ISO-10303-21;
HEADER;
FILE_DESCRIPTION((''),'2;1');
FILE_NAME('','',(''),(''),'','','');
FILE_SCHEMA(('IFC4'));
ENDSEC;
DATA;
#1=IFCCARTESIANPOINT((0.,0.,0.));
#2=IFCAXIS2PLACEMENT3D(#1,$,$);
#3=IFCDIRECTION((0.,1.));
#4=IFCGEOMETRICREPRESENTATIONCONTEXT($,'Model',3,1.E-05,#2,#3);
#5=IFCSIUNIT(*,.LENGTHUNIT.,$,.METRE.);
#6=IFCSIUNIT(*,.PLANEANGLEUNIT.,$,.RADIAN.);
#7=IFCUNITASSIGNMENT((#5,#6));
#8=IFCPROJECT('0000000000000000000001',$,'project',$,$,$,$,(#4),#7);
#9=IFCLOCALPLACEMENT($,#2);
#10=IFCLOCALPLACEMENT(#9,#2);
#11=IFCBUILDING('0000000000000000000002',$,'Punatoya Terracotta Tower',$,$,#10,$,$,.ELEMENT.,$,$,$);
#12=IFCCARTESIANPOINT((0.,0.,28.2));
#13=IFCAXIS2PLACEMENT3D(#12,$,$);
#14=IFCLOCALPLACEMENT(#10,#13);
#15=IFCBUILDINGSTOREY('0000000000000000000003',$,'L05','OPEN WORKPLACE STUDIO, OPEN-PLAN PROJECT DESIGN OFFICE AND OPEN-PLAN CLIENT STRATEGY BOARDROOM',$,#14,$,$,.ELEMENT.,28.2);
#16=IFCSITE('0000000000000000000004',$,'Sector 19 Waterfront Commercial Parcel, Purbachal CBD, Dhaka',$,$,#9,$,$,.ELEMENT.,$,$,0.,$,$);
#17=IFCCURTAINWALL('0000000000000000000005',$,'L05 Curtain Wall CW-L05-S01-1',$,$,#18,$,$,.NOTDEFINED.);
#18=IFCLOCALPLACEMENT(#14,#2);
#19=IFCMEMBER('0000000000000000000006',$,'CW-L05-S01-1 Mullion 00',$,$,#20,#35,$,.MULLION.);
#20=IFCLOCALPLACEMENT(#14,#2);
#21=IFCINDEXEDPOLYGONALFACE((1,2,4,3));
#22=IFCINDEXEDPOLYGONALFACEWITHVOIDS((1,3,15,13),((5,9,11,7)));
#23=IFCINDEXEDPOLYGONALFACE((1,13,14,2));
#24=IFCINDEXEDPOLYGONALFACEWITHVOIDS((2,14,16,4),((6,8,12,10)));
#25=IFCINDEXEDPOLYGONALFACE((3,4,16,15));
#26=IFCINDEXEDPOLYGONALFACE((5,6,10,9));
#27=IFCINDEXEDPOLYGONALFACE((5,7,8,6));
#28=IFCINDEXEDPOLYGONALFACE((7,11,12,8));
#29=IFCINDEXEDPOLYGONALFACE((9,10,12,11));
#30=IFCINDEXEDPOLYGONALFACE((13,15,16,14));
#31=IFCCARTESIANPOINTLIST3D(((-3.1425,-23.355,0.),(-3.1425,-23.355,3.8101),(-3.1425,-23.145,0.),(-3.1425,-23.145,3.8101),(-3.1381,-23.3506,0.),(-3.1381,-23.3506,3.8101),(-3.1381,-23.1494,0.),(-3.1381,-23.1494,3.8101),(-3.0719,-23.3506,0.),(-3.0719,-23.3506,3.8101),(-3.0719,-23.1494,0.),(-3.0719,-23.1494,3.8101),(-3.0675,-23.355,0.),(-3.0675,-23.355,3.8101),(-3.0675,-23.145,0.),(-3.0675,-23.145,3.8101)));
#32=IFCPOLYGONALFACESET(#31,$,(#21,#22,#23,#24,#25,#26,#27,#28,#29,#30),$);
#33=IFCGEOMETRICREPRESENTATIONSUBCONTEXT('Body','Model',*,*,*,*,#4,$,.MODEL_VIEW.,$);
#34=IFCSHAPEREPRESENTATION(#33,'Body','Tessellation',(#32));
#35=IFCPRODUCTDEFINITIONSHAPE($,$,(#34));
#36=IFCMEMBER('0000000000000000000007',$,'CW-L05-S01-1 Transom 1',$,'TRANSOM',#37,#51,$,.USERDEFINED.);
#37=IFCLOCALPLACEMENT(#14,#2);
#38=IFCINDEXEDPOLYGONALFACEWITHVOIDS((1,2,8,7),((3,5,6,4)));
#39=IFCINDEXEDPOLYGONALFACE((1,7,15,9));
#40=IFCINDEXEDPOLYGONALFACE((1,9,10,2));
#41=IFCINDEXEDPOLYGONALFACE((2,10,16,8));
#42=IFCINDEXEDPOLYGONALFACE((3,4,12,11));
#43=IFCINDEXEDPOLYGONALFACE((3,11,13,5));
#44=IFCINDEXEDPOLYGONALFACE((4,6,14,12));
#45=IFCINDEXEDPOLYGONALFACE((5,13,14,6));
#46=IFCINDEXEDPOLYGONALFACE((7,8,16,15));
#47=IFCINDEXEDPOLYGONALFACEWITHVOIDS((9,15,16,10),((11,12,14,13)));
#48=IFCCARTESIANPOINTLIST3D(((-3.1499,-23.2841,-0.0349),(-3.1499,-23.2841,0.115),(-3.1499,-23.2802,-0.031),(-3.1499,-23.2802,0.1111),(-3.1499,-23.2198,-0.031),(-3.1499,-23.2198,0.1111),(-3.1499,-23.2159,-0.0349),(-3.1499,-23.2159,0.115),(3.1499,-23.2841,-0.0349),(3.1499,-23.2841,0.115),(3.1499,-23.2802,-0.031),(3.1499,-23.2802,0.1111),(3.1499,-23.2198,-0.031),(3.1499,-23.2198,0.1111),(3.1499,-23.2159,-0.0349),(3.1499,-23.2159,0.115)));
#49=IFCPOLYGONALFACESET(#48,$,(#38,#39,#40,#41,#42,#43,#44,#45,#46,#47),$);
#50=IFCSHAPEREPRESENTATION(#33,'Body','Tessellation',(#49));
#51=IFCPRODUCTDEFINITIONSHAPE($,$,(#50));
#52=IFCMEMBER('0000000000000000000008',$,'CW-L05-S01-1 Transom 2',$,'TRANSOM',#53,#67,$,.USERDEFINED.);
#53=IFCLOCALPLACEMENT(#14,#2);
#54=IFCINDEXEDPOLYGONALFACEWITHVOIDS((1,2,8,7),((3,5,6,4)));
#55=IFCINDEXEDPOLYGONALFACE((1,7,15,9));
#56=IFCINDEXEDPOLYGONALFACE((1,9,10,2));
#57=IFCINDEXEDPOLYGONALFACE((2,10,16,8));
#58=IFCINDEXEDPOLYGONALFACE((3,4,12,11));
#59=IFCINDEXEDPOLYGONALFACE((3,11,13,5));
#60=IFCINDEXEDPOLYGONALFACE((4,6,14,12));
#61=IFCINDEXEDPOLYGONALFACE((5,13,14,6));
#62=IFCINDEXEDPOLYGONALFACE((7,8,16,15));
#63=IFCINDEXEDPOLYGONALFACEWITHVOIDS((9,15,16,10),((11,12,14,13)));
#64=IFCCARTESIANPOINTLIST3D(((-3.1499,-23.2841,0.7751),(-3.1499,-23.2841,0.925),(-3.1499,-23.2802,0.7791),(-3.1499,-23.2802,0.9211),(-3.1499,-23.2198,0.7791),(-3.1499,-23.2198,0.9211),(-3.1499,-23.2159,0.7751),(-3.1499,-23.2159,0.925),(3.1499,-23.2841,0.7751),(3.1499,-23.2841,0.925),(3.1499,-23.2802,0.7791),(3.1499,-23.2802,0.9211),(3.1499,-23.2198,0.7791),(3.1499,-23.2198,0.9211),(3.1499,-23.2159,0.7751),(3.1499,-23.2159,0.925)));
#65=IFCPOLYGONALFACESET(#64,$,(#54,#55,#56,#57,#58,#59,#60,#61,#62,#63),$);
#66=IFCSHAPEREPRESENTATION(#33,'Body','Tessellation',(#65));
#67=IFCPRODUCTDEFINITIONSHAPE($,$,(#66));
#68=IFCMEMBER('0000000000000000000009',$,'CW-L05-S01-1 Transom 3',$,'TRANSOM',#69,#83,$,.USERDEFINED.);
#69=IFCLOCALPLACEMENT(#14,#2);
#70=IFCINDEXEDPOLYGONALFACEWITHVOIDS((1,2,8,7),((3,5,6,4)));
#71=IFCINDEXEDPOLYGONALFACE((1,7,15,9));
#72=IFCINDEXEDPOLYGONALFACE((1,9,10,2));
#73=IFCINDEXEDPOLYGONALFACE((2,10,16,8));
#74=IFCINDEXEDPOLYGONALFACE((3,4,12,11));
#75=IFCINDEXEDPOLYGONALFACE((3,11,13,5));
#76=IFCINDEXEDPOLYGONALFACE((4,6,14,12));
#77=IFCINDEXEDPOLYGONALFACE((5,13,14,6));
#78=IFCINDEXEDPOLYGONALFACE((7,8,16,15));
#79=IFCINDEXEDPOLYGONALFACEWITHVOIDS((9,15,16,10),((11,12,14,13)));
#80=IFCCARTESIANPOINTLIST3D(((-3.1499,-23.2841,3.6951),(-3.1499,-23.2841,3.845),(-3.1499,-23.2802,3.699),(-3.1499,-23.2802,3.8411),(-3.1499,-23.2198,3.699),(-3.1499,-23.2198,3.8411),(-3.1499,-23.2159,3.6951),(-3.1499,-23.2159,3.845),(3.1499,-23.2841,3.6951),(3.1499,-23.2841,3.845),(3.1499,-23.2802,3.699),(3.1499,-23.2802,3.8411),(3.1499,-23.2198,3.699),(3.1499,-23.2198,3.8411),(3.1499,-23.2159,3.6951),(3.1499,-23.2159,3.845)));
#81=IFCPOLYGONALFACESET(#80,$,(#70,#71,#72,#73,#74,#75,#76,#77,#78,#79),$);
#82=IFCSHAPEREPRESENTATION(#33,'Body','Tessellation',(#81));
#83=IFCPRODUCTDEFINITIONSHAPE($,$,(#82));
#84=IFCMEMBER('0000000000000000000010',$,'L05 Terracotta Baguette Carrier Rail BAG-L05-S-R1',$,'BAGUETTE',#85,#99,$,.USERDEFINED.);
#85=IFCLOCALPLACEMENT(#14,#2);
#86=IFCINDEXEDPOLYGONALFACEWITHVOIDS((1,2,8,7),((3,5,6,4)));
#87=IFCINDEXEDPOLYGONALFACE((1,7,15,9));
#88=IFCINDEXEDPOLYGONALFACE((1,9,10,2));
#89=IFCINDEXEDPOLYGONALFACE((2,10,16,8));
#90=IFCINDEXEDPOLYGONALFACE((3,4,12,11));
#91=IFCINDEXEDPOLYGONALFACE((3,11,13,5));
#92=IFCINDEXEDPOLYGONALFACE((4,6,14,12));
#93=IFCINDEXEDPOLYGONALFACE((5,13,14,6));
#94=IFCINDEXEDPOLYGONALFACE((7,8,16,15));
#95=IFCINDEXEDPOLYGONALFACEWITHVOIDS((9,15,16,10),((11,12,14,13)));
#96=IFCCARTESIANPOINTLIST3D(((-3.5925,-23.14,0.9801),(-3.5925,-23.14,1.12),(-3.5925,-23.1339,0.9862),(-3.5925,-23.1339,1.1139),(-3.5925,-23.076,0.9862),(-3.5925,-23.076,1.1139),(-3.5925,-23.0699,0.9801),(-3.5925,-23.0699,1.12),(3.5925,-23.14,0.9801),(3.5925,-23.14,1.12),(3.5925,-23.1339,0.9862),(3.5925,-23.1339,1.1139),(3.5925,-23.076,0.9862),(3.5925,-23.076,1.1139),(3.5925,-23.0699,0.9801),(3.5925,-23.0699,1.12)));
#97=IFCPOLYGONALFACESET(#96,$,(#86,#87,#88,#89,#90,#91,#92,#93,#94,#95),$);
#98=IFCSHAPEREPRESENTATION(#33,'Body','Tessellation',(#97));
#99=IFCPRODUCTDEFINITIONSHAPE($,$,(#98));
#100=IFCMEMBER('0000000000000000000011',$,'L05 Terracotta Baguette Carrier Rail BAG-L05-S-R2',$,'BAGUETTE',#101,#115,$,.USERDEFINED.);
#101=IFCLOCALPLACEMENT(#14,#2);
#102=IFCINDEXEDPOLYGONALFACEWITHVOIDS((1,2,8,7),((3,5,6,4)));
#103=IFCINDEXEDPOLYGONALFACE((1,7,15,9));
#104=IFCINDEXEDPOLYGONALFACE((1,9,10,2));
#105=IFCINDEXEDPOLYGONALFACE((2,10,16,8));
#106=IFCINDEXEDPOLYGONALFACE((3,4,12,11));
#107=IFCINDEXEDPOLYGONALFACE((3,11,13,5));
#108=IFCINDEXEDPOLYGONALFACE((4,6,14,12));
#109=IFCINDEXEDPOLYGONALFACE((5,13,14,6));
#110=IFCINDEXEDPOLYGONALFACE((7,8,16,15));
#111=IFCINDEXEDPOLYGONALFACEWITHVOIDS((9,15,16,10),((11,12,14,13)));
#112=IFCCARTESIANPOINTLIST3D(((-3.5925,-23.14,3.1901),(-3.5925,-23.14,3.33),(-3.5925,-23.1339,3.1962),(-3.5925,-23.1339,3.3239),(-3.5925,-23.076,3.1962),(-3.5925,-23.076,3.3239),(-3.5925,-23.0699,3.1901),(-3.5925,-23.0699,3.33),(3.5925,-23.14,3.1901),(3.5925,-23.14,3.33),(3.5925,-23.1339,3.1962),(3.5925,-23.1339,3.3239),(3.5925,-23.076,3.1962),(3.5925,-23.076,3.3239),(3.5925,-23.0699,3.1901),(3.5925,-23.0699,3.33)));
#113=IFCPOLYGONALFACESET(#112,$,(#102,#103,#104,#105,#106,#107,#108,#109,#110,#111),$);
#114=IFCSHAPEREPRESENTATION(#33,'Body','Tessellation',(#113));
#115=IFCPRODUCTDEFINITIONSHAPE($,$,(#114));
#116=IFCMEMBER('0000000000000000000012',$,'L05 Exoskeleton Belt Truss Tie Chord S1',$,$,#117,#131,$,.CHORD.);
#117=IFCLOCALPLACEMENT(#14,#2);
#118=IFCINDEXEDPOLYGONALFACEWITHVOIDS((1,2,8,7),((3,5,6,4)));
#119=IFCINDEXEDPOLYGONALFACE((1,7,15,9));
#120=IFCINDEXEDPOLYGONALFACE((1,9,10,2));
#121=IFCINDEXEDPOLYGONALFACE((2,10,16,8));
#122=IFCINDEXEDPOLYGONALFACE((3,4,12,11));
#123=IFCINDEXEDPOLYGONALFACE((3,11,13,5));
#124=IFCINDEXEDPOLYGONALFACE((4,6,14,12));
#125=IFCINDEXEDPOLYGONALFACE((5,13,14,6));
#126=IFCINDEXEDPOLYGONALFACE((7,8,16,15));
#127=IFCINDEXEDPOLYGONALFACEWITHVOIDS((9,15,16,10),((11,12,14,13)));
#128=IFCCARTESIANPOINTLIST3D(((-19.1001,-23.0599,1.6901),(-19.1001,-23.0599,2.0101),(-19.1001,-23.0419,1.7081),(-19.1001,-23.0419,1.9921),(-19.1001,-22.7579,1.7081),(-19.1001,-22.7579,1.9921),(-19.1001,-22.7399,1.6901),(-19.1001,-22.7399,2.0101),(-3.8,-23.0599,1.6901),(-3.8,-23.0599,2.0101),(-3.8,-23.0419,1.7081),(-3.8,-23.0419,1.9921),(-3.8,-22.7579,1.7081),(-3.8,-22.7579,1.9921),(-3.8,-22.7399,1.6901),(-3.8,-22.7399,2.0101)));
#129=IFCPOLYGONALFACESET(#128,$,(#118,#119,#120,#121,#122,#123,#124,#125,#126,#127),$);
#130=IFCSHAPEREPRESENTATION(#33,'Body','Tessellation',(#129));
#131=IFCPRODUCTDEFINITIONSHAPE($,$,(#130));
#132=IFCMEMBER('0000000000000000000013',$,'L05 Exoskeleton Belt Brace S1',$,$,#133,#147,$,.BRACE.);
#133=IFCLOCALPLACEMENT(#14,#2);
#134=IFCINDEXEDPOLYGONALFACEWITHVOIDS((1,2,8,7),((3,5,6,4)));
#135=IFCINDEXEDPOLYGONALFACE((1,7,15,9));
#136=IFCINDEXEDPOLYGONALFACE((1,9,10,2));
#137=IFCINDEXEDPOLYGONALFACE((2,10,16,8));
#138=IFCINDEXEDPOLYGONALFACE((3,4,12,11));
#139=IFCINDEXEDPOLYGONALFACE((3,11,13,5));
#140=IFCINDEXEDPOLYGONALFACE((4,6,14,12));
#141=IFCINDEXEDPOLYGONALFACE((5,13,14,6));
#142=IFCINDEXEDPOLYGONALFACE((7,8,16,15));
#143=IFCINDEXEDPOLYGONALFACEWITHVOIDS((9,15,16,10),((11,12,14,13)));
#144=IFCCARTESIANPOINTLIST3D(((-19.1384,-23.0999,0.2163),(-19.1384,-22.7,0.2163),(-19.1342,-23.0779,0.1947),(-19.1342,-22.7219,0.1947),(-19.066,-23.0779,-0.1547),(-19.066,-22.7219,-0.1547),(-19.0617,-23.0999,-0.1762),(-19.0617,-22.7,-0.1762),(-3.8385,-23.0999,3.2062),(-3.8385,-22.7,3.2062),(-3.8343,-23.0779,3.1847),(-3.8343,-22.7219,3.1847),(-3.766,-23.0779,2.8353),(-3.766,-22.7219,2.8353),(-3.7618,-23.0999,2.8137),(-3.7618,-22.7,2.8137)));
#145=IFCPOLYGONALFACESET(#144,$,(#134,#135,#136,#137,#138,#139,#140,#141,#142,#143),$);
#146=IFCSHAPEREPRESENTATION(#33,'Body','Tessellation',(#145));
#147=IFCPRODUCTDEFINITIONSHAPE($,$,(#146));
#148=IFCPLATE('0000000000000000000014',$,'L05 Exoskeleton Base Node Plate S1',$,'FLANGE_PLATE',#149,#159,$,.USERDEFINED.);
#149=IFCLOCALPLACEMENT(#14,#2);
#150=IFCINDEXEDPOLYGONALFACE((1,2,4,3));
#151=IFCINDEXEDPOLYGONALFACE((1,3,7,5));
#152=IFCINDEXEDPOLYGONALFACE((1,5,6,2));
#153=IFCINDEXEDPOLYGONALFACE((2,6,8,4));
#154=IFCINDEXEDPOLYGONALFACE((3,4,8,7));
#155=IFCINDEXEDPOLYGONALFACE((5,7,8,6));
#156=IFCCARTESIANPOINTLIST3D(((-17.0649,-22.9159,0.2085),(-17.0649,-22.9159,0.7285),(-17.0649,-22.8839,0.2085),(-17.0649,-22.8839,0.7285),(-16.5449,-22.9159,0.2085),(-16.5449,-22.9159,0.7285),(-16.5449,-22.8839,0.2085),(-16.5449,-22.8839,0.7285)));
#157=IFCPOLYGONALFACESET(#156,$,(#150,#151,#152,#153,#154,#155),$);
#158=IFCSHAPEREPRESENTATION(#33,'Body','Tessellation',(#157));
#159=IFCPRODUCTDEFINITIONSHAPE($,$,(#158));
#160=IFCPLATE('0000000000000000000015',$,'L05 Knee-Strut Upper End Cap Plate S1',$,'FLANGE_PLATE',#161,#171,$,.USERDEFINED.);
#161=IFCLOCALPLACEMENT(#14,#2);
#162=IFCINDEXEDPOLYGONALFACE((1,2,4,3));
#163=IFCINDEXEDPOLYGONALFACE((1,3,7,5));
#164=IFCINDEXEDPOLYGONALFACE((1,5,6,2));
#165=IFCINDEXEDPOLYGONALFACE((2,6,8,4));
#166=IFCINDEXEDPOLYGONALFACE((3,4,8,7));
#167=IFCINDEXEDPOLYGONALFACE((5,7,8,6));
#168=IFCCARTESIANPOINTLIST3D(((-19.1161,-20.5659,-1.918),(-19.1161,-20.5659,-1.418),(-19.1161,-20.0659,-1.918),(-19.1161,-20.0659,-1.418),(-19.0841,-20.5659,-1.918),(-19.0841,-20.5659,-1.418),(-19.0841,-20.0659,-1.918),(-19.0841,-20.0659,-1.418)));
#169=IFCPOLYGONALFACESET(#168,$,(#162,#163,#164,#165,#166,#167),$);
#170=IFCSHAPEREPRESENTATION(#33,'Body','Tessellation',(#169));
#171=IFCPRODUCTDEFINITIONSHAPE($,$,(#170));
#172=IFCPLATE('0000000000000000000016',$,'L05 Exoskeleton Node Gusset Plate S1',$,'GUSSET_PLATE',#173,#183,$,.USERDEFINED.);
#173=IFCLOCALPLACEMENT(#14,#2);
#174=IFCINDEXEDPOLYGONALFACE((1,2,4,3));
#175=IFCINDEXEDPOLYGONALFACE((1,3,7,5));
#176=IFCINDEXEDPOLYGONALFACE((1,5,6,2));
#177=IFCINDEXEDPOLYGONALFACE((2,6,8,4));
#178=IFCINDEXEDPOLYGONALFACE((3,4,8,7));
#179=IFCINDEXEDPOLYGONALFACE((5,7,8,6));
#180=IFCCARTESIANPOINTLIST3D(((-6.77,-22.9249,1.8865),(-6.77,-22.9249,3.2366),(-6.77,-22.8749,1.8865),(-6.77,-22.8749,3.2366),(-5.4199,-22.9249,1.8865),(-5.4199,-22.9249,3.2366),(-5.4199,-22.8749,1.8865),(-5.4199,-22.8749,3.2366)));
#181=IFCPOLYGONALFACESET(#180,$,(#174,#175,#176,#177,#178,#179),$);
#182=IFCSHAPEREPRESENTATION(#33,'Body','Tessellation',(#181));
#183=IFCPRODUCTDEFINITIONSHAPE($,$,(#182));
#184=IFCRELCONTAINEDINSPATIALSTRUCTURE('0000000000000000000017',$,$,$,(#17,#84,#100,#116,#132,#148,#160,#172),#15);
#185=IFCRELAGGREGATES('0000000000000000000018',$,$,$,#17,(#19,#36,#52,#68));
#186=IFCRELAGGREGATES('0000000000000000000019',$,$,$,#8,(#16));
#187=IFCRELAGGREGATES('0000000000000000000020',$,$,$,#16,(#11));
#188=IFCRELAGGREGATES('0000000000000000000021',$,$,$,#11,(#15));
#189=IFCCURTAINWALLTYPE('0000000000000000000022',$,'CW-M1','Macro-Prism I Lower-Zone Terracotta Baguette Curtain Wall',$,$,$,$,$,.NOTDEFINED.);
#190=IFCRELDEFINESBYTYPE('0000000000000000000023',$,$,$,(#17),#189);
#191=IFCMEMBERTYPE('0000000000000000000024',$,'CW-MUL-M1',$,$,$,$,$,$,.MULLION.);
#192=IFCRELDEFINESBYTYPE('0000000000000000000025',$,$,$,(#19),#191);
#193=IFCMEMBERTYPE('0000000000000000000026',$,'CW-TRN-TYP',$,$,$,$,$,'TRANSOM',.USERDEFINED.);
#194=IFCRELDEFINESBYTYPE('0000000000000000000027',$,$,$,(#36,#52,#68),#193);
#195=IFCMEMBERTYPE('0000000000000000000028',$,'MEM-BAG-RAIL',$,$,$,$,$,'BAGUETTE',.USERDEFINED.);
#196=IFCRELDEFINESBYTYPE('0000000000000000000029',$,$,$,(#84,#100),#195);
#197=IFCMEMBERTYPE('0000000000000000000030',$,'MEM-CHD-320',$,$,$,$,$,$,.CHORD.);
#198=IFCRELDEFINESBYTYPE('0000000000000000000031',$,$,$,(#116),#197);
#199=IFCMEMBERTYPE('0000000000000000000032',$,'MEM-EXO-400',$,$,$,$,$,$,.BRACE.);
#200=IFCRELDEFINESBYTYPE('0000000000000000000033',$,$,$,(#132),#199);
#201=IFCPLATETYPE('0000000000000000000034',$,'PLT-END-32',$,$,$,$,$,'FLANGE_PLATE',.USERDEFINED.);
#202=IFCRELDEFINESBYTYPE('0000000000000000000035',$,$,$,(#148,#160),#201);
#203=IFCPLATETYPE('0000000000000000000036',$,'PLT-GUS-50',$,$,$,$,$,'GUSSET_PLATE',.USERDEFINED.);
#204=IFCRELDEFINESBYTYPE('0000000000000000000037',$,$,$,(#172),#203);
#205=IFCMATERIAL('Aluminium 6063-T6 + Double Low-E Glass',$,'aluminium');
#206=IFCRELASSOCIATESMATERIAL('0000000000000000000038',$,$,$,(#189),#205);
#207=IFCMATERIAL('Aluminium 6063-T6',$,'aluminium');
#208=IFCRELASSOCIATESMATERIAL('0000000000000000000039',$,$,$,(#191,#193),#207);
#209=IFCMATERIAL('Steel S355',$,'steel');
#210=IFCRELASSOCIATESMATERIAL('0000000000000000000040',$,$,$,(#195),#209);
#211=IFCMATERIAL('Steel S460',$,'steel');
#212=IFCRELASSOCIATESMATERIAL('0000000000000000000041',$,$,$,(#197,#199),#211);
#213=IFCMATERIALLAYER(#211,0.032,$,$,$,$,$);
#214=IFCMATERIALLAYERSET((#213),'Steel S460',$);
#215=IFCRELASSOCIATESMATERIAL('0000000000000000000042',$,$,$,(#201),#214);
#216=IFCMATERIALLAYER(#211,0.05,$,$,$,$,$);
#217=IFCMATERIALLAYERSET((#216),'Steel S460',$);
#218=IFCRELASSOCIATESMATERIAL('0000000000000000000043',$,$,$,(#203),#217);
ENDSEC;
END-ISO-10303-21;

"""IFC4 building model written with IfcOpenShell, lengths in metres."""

from ifc_helpers import new_model, si_unit, direction, frame, origin, origin_2d, place, context, subcontext, project, spatial, rectangle, hollow_rectangle, extrude, material, layer, layer_set, material_profile, profile_set, type_object, element, aggregate, save


model = new_model("IFC4")

# Units and contexts
model_context = context("Model", 3, precision=1e-05, world=origin(), true_north=direction((0.0, 1.0)))
body_context = subcontext(model_context, "Body", "Model", "MODEL_VIEW")
ifc_project = project(units=[si_unit("LENGTHUNIT", "METRE"), si_unit("PLANEANGLEUNIT", "RADIAN")], contexts=[model_context])

# Site, building, storey
site_placement = place(None, origin())
site = spatial("IfcSite", under=ifc_project, at=site_placement, Name="Sector 19 Waterfront Commercial Parcel, Purbachal CBD, Dhaka", CompositionType="ELEMENT", RefElevation=0.0)
building_placement = place(site_placement, origin())
building = spatial("IfcBuilding", under=site, at=building_placement, Name="Punatoya Terracotta Tower", CompositionType="ELEMENT")
storey_placement = place(building_placement, frame((0.0, 0.0, 28.2)))
storey = spatial("IfcBuildingStorey", under=building, at=storey_placement, Name="L05", Description="OPEN WORKPLACE STUDIO, OPEN-PLAN PROJECT DESIGN OFFICE AND OPEN-PLAN CLIENT STRATEGY BOARDROOM", CompositionType="ELEMENT", Elevation=28.2)

# Shared definitions
ifc_material_1 = material(Name="Steel S460", Category="steel")

# Curtain wall, members
ifc_material_2 = material(Name="Aluminium 6063-T6 + Double Low-E Glass", Category="aluminium")
curtain_wall_type = type_object("IfcCurtainWallType", Name="CW-M1", Description="Macro-Prism I Lower-Zone Terracotta Baguette Curtain Wall", PredefinedType="NOTDEFINED", material=ifc_material_2)
curtain_wall_placement = place(storey_placement, origin())
curtain_wall = element("IfcCurtainWall", 1, at=curtain_wall_placement, inside=storey, type_object=curtain_wall_type, Name="L05 Curtain Wall CW-L05-S01-1", PredefinedType="NOTDEFINED")
ifc_material_3 = material(Name="Aluminium 6063-T6", Category="aluminium")
ifc_material_profile_1 = material_profile(ifc_material_3, hollow_rectangle(XDim=0.075, YDim=0.21, WallThickness=0.0044, at=origin_2d()))
ifc_profile_set_1 = profile_set([ifc_material_profile_1], Name="Aluminium 6063-T6")
member_type_1 = type_object("IfcMemberType", Name="CW-MUL-M1", PredefinedType="MULLION", material=ifc_profile_set_1)
member_1_placement = place(storey_placement, frame((-3.105, -23.25, 0.0), z_axis=(0.0, 0.0, 1.0), x_axis=(1.0, 0.0, 0.0)))
member_1 = element("IfcMember", 2, at=member_1_placement, type_object=member_type_1, Name="CW-L05-S01-1 Mullion 00", PredefinedType="MULLION", context=body_context, shape_type="SweptSolid", body=[
    extrude(hollow_rectangle(XDim=0.075, YDim=0.21, WallThickness=0.0044, at=origin_2d()), origin(), (0.0, 0.0, 1.0), 3.8101),
])
ifc_material_profile_2 = material_profile(ifc_material_3, hollow_rectangle(XDim=0.0681, YDim=0.1499, WallThickness=0.0039, at=origin_2d()))
ifc_profile_set_2 = profile_set([ifc_material_profile_2], Name="Aluminium 6063-T6")
member_type_2 = type_object("IfcMemberType", Name="CW-TRN-TYP", ElementType="TRANSOM", PredefinedType="USERDEFINED", material=ifc_profile_set_2)
member_2_placement = place(storey_placement, frame((-3.1499, -23.25, 0.04), z_axis=(1.0, 0.0, 0.0), x_axis=(0.0, 1.0, 0.0)))
member_2 = element("IfcMember", 3, at=member_2_placement, type_object=member_type_2, Name="CW-L05-S01-1 Transom 1", ObjectType="TRANSOM", PredefinedType="USERDEFINED", context=body_context, shape_type="SweptSolid", body=[
    extrude(hollow_rectangle(XDim=0.0681, YDim=0.1499, WallThickness=0.0039, at=origin_2d()), origin(), (0.0, 0.0, 1.0), 6.2998),
])
member_3_placement = place(storey_placement, frame((-3.1499, -23.25, 0.8501), z_axis=(1.0, 0.0, 0.0), x_axis=(0.0, 1.0, 0.0)))
member_3 = element("IfcMember", 4, at=member_3_placement, type_object=member_type_2, Name="CW-L05-S01-1 Transom 2", ObjectType="TRANSOM", PredefinedType="USERDEFINED", context=body_context, shape_type="SweptSolid", body=[
    extrude(hollow_rectangle(XDim=0.0681, YDim=0.1499, WallThickness=0.0039, at=origin_2d()), origin(), (0.0, 0.0, 1.0), 6.2998),
])
member_4_placement = place(storey_placement, frame((-3.1499, -23.25, 3.77), z_axis=(1.0, 0.0, 0.0), x_axis=(0.0, 1.0, 0.0)))
member_4 = element("IfcMember", 5, at=member_4_placement, type_object=member_type_2, Name="CW-L05-S01-1 Transom 3", ObjectType="TRANSOM", PredefinedType="USERDEFINED", context=body_context, shape_type="SweptSolid", body=[
    extrude(hollow_rectangle(XDim=0.0681, YDim=0.1499, WallThickness=0.0039, at=origin_2d()), origin(), (0.0, 0.0, 1.0), 6.2998),
])
aggregate(curtain_wall, [member_1, member_2, member_3, member_4])

# Members
ifc_material_4 = material(Name="Steel S355", Category="steel")
ifc_material_profile_3 = material_profile(ifc_material_4, hollow_rectangle(XDim=0.0701, YDim=0.1399, WallThickness=0.0061, at=origin_2d()))
ifc_profile_set_3 = profile_set([ifc_material_profile_3], Name="Steel S355")
member_type_3 = type_object("IfcMemberType", Name="MEM-BAG-RAIL", ElementType="BAGUETTE", PredefinedType="USERDEFINED", material=ifc_profile_set_3)
for number, where, z_axis, x_axis, name in (
    (6, (-3.5925, -23.105, 1.05), (1.0, 0.0, 0.0), (0.0, 1.0, 0.0), "L05 Terracotta Baguette Carrier Rail BAG-L05-S-R1"),
    (7, (-3.5925, -23.105, 3.26), (1.0, 0.0, 0.0), (0.0, 1.0, 0.0), "L05 Terracotta Baguette Carrier Rail BAG-L05-S-R2"),
):
    element("IfcMember", number, at=place(storey_placement, frame(where, z_axis=z_axis, x_axis=x_axis)), inside=storey, type_object=member_type_3, Name=name, ObjectType="BAGUETTE", PredefinedType="USERDEFINED", context=body_context, shape_type="SweptSolid", body=[
        extrude(hollow_rectangle(XDim=0.0701, YDim=0.1399, WallThickness=0.0061, at=origin_2d()), origin(), (0.0, 0.0, 1.0), 7.1851),
    ])
ifc_material_profile_4 = material_profile(ifc_material_1, hollow_rectangle(XDim=0.3201, YDim=0.3201, WallThickness=0.0181, at=origin_2d()))
ifc_profile_set_4 = profile_set([ifc_material_profile_4], Name="Steel S460")
member_type_4 = type_object("IfcMemberType", Name="MEM-CHD-320", PredefinedType="CHORD", material=ifc_profile_set_4)
member_5_placement = place(storey_placement, frame((-19.1001, -22.8999, 1.8501), z_axis=(1.0, 0.0, 0.0), x_axis=(0.0, 1.0, 0.0)))
element("IfcMember", 8, at=member_5_placement, inside=storey, type_object=member_type_4, Name="L05 Exoskeleton Belt Truss Tie Chord S1", PredefinedType="CHORD", context=body_context, shape_type="SweptSolid", body=[
    extrude(hollow_rectangle(XDim=0.3201, YDim=0.3201, WallThickness=0.0181, at=origin_2d()), origin(), (0.0, 0.0, 1.0), 15.3),
])
ifc_material_profile_5 = material_profile(ifc_material_1, hollow_rectangle(XDim=0.3999, YDim=0.3999, WallThickness=0.022, at=origin_2d()))
ifc_profile_set_5 = profile_set([ifc_material_profile_5], Name="Steel S460")
member_type_5 = type_object("IfcMemberType", Name="MEM-EXO-400", PredefinedType="BRACE", material=ifc_profile_set_5)
member_6_placement = place(storey_placement, frame((-19.1001, -22.8999, 0.02), z_axis=(0.981435, 0.0, 0.191796), x_axis=(0.0, 1.0, 0.0)))
element("IfcMember", 9, at=member_6_placement, inside=storey, type_object=member_type_5, Name="L05 Exoskeleton Belt Brace S1", PredefinedType="BRACE", context=body_context, shape_type="SweptSolid", body=[
    extrude(hollow_rectangle(XDim=0.3999, YDim=0.3999, WallThickness=0.022, at=origin_2d()), origin(), (0.0, 0.0, 1.0), 15.5894),
])

# Plates
ifc_layer_1 = layer(ifc_material_1, 0.032)
ifc_layer_set_1 = layer_set([ifc_layer_1], Name="Steel S460")
plate_type_1 = type_object("IfcPlateType", Name="PLT-END-32", ElementType="FLANGE_PLATE", PredefinedType="USERDEFINED", material=ifc_layer_set_1)
plate_1_placement = place(storey_placement, frame((-16.8049, -22.8999, 0.2085), z_axis=(0.0, 0.0, 1.0), x_axis=(1.0, 0.0, 0.0)))
element("IfcPlate", 10, at=plate_1_placement, inside=storey, type_object=plate_type_1, Name="L05 Exoskeleton Base Node Plate S1", ObjectType="FLANGE_PLATE", PredefinedType="USERDEFINED", context=body_context, shape_type="SweptSolid", body=[
    extrude(rectangle(XDim=0.52, YDim=0.032, at=origin_2d()), origin(), (0.0, 0.0, 1.0), 0.52),
])
plate_2_placement = place(storey_placement, frame((-19.1001, -20.3159, -1.918), z_axis=(0.0, 0.0, 1.0), x_axis=(0.0, 1.0, 0.0)))
element("IfcPlate", 11, at=plate_2_placement, inside=storey, type_object=plate_type_1, Name="L05 Knee-Strut Upper End Cap Plate S1", ObjectType="FLANGE_PLATE", PredefinedType="USERDEFINED", context=body_context, shape_type="SweptSolid", body=[
    extrude(rectangle(XDim=0.5, YDim=0.032, at=origin_2d()), origin(), (0.0, 0.0, 1.0), 0.5),
])
ifc_layer_2 = layer(ifc_material_1, 0.05)
ifc_layer_set_2 = layer_set([ifc_layer_2], Name="Steel S460")
plate_type_2 = type_object("IfcPlateType", Name="PLT-GUS-50", ElementType="GUSSET_PLATE", PredefinedType="USERDEFINED", material=ifc_layer_set_2)
plate_3_placement = place(storey_placement, frame((-6.095, -22.8999, 1.8865), z_axis=(0.0, 0.0, 1.0), x_axis=(1.0, 0.0, 0.0)))
element("IfcPlate", 12, at=plate_3_placement, inside=storey, type_object=plate_type_2, Name="L05 Exoskeleton Node Gusset Plate S1", ObjectType="GUSSET_PLATE", PredefinedType="USERDEFINED", context=body_context, shape_type="SweptSolid", body=[
    extrude(rectangle(XDim=1.3501, YDim=0.05, at=origin_2d()), origin(), (0.0, 0.0, 1.0), 1.3501),
])

save(model, "model.ifc")
